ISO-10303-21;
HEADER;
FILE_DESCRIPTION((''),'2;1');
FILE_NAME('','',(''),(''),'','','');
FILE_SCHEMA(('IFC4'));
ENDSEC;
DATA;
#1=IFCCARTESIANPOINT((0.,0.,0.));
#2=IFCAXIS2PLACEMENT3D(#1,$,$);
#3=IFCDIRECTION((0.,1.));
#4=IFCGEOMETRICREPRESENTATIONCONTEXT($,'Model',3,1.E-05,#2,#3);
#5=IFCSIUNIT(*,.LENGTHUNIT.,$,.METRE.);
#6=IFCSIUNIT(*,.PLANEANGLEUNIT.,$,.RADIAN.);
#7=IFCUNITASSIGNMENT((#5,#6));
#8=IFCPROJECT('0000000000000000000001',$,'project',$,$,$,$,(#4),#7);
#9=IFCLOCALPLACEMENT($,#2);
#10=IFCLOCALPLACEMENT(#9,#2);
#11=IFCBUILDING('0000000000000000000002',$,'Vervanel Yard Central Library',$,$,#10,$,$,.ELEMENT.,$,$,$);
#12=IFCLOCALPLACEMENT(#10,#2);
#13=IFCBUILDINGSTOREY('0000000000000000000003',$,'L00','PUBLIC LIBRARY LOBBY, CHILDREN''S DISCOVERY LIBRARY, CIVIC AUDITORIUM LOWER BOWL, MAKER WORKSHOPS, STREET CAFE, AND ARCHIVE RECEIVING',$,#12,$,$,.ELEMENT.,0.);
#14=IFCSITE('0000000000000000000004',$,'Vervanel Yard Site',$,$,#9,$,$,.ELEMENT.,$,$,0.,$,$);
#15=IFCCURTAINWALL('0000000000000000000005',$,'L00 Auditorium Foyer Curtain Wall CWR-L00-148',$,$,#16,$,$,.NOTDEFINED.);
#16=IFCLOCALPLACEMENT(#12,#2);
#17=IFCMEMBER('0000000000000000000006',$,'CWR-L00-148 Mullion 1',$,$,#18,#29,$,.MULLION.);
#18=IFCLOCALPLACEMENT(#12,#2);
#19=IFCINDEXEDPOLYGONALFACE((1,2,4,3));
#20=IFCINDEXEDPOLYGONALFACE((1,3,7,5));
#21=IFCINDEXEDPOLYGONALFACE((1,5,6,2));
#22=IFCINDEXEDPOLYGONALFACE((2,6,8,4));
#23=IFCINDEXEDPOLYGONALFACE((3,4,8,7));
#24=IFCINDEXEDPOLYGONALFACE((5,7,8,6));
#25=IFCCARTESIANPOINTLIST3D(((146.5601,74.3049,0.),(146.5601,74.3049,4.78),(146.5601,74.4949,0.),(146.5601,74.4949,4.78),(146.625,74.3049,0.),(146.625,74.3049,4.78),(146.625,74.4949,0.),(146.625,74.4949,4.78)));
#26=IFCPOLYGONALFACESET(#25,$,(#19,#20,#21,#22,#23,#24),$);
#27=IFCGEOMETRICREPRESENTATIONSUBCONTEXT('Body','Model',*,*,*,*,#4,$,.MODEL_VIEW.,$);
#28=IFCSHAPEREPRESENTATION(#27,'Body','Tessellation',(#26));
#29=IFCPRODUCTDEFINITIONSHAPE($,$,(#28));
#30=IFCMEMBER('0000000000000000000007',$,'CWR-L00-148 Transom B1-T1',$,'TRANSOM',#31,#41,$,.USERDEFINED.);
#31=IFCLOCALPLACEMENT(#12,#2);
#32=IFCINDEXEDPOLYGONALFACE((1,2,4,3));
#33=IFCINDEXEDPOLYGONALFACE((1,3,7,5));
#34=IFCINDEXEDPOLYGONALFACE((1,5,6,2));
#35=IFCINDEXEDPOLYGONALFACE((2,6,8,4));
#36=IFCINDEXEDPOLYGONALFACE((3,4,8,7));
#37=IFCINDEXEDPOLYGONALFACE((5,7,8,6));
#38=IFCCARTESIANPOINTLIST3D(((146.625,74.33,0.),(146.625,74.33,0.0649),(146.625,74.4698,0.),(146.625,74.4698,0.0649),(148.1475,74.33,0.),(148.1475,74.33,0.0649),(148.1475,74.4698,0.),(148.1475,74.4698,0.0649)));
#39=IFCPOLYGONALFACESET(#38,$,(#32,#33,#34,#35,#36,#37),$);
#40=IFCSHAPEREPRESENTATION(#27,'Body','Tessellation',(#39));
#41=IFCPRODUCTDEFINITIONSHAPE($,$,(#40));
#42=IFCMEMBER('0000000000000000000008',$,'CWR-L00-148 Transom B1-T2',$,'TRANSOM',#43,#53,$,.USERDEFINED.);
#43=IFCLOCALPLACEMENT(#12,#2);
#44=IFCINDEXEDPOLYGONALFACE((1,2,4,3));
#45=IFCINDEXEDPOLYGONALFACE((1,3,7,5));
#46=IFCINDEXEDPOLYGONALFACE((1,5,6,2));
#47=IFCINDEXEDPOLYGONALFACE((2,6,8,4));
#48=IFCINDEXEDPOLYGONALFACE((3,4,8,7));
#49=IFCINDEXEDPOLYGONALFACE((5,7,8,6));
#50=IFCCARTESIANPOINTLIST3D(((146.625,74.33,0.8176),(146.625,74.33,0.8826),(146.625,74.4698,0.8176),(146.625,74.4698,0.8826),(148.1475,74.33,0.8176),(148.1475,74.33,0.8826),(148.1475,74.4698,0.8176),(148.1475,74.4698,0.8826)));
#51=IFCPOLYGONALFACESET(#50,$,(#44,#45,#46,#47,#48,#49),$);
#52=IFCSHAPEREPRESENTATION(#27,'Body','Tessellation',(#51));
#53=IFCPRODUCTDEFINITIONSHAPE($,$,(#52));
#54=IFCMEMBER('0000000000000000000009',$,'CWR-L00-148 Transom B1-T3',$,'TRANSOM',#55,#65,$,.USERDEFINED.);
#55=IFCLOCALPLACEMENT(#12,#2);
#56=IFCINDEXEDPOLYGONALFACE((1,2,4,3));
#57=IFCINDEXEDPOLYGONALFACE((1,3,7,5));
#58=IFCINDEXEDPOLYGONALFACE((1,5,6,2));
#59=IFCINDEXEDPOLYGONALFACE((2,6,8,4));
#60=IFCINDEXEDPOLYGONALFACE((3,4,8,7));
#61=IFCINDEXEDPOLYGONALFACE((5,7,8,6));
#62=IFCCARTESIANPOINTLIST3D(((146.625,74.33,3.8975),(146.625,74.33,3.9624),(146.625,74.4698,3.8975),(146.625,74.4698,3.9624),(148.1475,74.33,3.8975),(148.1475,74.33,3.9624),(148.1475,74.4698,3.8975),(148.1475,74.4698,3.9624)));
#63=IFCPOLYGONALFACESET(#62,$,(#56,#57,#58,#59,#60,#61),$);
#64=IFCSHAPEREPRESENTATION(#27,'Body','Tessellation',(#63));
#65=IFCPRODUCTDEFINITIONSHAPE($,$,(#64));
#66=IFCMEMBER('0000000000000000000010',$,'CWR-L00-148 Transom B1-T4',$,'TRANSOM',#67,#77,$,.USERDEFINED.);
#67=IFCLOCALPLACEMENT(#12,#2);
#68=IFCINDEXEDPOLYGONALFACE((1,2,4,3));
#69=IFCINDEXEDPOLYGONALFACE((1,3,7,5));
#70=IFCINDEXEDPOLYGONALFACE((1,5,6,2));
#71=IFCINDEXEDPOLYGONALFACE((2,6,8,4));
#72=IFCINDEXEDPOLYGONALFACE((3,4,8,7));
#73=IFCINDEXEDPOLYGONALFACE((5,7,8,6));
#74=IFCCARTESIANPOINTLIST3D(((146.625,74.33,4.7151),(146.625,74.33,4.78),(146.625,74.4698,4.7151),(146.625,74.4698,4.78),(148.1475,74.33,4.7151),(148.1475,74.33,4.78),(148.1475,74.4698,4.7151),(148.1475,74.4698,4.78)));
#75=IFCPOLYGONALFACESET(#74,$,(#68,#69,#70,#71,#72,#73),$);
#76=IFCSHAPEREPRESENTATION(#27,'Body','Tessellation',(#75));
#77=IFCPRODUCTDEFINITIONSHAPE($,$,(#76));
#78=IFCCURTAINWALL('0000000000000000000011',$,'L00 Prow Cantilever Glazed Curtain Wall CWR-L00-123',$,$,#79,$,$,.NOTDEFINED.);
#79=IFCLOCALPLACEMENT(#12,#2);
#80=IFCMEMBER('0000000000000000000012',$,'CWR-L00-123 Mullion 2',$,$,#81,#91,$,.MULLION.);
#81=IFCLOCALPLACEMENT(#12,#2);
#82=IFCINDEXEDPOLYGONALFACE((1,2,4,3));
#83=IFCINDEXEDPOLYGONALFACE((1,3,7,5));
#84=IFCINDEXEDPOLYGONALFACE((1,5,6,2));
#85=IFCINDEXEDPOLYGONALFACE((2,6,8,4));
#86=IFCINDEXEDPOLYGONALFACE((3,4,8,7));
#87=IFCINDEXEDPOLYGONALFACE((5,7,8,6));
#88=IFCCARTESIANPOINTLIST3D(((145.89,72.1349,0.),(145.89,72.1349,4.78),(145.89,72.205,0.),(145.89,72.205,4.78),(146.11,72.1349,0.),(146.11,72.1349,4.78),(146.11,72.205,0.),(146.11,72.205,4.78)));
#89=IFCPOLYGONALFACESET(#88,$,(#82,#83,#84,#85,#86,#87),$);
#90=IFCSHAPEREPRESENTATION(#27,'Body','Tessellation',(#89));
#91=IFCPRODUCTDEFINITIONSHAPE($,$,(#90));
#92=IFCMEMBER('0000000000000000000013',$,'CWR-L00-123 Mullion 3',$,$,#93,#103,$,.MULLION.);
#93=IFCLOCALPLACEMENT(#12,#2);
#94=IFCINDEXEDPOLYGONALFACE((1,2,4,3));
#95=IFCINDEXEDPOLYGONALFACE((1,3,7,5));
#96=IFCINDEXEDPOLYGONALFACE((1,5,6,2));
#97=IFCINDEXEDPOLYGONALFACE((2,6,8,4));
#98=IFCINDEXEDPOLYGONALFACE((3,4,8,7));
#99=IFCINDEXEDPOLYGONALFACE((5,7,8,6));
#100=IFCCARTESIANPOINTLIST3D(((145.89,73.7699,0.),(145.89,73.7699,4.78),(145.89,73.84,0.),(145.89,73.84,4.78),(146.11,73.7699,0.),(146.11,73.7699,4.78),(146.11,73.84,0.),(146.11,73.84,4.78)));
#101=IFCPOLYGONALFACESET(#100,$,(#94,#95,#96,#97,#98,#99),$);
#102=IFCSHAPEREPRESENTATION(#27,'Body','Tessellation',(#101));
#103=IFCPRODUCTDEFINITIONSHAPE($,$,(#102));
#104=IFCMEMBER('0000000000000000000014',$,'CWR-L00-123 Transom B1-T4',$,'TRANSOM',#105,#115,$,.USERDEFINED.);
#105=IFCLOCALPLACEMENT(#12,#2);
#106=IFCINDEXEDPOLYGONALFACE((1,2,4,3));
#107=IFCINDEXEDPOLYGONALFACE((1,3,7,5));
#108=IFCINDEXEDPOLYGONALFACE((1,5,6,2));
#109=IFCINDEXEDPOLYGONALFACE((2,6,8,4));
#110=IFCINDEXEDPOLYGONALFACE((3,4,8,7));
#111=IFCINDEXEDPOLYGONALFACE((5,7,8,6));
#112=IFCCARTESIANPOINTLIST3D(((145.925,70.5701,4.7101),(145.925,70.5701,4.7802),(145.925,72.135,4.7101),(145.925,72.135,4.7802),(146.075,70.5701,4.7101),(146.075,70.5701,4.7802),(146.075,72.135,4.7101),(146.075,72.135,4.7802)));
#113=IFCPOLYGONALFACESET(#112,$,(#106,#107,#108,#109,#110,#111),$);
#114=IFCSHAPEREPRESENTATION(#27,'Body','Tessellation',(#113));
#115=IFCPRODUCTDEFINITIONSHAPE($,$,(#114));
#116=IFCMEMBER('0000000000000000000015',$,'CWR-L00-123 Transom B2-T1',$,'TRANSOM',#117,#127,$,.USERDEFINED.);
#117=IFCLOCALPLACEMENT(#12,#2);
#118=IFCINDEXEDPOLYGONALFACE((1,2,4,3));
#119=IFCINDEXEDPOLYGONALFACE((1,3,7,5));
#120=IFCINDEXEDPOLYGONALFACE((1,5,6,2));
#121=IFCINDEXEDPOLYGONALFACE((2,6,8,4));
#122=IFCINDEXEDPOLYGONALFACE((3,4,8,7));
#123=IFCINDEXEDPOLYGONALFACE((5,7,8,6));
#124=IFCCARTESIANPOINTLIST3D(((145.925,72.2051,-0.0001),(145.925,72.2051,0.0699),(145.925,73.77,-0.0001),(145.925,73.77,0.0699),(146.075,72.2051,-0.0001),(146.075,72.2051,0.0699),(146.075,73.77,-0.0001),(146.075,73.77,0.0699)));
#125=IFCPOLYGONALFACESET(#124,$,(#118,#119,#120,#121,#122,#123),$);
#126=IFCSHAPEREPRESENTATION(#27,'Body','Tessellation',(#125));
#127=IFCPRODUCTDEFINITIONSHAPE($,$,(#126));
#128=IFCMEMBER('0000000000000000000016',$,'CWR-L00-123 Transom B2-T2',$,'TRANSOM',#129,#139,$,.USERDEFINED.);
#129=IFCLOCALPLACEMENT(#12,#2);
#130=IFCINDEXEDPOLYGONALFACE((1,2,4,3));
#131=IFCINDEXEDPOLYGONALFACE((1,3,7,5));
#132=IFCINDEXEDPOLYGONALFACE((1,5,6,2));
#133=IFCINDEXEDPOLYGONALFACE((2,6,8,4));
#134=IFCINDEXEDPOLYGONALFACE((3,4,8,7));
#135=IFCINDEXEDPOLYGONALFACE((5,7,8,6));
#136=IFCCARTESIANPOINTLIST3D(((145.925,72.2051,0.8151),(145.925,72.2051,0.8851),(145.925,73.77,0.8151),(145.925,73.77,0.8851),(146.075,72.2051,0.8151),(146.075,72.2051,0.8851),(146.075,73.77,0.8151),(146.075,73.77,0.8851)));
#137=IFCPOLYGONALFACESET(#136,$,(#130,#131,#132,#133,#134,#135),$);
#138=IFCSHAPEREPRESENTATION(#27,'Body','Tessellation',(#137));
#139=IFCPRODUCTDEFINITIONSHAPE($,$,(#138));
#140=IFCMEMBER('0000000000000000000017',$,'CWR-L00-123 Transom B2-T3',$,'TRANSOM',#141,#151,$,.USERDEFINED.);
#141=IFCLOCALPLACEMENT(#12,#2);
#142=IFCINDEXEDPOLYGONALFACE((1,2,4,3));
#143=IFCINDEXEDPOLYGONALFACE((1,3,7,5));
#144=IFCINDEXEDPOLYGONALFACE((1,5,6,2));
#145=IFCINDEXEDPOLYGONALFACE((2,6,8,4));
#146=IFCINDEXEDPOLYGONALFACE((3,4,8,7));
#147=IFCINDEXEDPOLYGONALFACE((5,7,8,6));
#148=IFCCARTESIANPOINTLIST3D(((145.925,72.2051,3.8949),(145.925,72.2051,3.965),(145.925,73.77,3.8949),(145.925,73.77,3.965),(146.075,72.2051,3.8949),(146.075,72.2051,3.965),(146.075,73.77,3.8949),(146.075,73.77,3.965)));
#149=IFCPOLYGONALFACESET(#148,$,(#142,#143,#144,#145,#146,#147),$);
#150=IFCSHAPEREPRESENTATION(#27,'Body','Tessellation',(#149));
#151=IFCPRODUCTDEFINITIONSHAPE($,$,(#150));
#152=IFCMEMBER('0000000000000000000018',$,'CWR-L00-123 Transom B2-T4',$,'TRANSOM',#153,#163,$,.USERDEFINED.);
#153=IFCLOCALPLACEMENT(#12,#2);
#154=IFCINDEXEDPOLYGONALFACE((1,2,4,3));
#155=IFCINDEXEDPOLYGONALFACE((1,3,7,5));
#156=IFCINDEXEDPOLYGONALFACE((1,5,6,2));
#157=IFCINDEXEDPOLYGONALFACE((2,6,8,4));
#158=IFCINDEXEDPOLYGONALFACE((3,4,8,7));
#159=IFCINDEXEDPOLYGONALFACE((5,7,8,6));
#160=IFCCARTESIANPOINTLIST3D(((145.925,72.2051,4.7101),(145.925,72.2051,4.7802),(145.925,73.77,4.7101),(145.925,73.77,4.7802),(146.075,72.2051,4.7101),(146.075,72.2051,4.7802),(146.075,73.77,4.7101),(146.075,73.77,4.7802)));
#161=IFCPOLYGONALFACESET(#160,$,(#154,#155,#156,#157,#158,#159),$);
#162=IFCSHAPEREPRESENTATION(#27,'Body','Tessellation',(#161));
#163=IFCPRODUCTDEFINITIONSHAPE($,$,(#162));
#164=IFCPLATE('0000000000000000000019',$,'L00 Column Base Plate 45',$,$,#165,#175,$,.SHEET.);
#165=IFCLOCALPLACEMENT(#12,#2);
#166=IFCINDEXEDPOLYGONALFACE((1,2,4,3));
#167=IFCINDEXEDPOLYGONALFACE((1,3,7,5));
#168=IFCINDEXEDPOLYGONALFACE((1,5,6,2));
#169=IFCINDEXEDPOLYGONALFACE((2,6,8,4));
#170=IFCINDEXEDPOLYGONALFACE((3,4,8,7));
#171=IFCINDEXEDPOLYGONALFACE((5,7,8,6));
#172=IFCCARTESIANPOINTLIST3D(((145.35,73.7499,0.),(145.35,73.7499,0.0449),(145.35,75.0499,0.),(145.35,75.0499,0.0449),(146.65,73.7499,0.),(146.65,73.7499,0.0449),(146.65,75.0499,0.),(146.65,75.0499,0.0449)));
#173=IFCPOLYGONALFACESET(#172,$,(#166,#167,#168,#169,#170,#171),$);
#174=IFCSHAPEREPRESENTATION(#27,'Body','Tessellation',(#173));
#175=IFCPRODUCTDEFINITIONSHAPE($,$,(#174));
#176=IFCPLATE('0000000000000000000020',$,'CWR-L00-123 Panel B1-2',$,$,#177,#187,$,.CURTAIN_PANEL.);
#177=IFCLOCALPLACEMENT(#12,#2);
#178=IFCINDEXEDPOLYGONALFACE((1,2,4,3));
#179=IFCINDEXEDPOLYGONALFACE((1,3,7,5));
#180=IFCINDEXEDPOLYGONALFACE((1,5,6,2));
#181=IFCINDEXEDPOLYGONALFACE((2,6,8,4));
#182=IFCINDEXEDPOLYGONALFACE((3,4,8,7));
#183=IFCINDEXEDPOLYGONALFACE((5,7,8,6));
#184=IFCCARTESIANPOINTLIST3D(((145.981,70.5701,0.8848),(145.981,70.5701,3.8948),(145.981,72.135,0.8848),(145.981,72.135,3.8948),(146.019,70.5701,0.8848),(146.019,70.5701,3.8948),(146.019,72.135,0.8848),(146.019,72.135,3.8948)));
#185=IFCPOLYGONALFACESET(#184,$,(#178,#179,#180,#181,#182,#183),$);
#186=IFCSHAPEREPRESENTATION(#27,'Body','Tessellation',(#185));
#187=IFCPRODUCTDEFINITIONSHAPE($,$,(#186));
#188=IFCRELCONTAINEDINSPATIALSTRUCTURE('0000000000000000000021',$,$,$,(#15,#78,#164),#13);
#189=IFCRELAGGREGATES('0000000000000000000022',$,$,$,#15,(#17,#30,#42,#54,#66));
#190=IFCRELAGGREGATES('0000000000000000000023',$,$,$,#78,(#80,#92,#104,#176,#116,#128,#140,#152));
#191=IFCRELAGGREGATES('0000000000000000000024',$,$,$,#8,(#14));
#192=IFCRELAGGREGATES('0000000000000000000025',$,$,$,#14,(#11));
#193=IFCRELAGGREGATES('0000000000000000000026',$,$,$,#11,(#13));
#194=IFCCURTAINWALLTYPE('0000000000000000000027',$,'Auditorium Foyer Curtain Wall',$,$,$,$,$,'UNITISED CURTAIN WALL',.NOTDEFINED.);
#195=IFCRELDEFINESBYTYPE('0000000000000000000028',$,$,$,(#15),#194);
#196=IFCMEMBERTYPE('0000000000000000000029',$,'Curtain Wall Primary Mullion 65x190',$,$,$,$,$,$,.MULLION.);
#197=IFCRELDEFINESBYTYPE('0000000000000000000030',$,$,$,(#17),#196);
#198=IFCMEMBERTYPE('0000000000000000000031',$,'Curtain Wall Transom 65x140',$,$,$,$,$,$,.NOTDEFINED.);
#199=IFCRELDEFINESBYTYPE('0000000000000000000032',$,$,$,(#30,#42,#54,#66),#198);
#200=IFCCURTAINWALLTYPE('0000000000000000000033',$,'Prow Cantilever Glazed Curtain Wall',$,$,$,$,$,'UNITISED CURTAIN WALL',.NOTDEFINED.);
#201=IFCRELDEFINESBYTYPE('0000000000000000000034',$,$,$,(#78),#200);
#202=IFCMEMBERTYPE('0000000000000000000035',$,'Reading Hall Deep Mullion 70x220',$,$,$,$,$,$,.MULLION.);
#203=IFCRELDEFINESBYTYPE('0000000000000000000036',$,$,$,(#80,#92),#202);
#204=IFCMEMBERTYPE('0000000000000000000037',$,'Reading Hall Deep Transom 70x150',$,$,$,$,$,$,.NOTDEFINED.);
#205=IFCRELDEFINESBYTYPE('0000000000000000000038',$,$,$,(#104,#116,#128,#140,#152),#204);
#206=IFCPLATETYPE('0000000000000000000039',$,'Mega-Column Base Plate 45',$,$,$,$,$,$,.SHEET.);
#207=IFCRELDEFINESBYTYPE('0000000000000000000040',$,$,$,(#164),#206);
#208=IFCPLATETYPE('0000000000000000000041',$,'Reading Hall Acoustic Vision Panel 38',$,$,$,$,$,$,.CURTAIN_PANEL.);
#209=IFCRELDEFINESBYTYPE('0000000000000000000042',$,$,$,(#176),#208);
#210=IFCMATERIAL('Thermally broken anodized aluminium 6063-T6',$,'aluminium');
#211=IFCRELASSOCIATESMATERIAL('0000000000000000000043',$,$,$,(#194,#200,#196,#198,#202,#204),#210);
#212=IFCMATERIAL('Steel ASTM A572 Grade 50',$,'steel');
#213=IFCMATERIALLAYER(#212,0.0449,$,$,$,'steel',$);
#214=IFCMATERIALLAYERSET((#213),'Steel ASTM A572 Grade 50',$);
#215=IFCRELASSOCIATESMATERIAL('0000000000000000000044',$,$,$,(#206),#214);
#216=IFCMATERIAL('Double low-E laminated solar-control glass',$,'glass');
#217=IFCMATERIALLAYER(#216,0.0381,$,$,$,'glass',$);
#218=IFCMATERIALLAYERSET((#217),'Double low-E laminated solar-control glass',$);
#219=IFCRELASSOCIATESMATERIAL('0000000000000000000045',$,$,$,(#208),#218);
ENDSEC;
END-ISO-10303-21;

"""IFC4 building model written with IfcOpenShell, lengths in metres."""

from ifc_helpers import new_model, si_unit, direction, frame, origin, origin_2d, place, context, subcontext, project, spatial, rectangle, extrude, material, layer, layer_set, material_profile, profile_set, type_object, element, aggregate, save


model = new_model("IFC4")

# Units and contexts
model_context = context("Model", 3, precision=1e-05, world=origin(), true_north=direction((0.0, 1.0)))
body_context = subcontext(model_context, "Body", "Model", "MODEL_VIEW")
ifc_project = project(units=[si_unit("LENGTHUNIT", "METRE"), si_unit("PLANEANGLEUNIT", "RADIAN")], contexts=[model_context])

# Site, building, storey
site_placement = place(None, origin())
site = spatial("IfcSite", under=ifc_project, at=site_placement, Name="Vervanel Yard Site", CompositionType="ELEMENT", RefElevation=0.0)
building_placement = place(site_placement, origin())
building = spatial("IfcBuilding", under=site, at=building_placement, Name="Vervanel Yard Central Library", CompositionType="ELEMENT")
storey_placement = place(building_placement, origin())
storey = spatial("IfcBuildingStorey", under=building, at=storey_placement, Name="L00", Description="PUBLIC LIBRARY LOBBY, CHILDREN'S DISCOVERY LIBRARY, CIVIC AUDITORIUM LOWER BOWL, MAKER WORKSHOPS, STREET CAFE, AND ARCHIVE RECEIVING", CompositionType="ELEMENT", Elevation=0.0)

# Curtain walls, members
ifc_material_1 = material(Name="Thermally broken anodized aluminium 6063-T6", Category="aluminium")
curtain_wall_type_1 = type_object("IfcCurtainWallType", Name="Auditorium Foyer Curtain Wall", ElementType="UNITISED CURTAIN WALL", PredefinedType="NOTDEFINED", material=ifc_material_1)
curtain_wall_1_placement = place(storey_placement, origin())
curtain_wall_1 = element("IfcCurtainWall", 1, at=curtain_wall_1_placement, inside=storey, type_object=curtain_wall_type_1, Name="L00 Auditorium Foyer Curtain Wall CWR-L00-148", PredefinedType="NOTDEFINED")
ifc_material_profile_1 = material_profile(ifc_material_1, rectangle(XDim=0.0649, YDim=0.1899, at=origin_2d()), Name="ALU 65x190", Category="aluminium")
ifc_profile_set_1 = profile_set([ifc_material_profile_1], Name="Thermally broken anodized aluminium 6063-T6")
member_type_1 = type_object("IfcMemberType", Name="Curtain Wall Primary Mullion 65x190", PredefinedType="MULLION", material=ifc_profile_set_1)
member_1_placement = place(storey_placement, frame((146.5925, 74.3999, 0.0), z_axis=(0.0, 0.0, 1.0), x_axis=(1.0, 0.0, 0.0)))
member_1 = element("IfcMember", 2, at=member_1_placement, type_object=member_type_1, Name="CWR-L00-148 Mullion 1", PredefinedType="MULLION", context=body_context, shape_type="SweptSolid", body=[
    extrude(rectangle(XDim=0.0649, YDim=0.1899, at=origin_2d()), origin(), (0.0, 0.0, 1.0), 4.78),
])
ifc_material_profile_2 = material_profile(ifc_material_1, rectangle(XDim=0.0649, YDim=0.1399, at=origin_2d()), Name="ALU 65x140", Category="aluminium")
ifc_profile_set_2 = profile_set([ifc_material_profile_2], Name="Thermally broken anodized aluminium 6063-T6")
member_type_2 = type_object("IfcMemberType", Name="Curtain Wall Transom 65x140", PredefinedType="NOTDEFINED", material=ifc_profile_set_2)
member_2_placement = place(storey_placement, frame((146.625, 74.3999, 0.0325), z_axis=(1.0, 0.0, 0.0), x_axis=(0.0, 0.0, 1.0)))
member_2 = element("IfcMember", 3, at=member_2_placement, type_object=member_type_2, Name="CWR-L00-148 Transom B1-T1", ObjectType="TRANSOM", PredefinedType="USERDEFINED", context=body_context, shape_type="SweptSolid", body=[
    extrude(rectangle(XDim=0.0649, YDim=0.1399, at=origin_2d()), origin(), (0.0, 0.0, 1.0), 1.5225),
])
member_3_placement = place(storey_placement, frame((146.625, 74.3999, 0.8501), z_axis=(1.0, 0.0, 0.0), x_axis=(0.0, 0.0, 1.0)))
member_3 = element("IfcMember", 4, at=member_3_placement, type_object=member_type_2, Name="CWR-L00-148 Transom B1-T2", ObjectType="TRANSOM", PredefinedType="USERDEFINED", context=body_context, shape_type="SweptSolid", body=[
    extrude(rectangle(XDim=0.0649, YDim=0.1399, at=origin_2d()), origin(), (0.0, 0.0, 1.0), 1.5225),
])
member_4_placement = place(storey_placement, frame((146.625, 74.3999, 3.9299), z_axis=(1.0, 0.0, 0.0), x_axis=(0.0, 0.0, 1.0)))
member_4 = element("IfcMember", 5, at=member_4_placement, type_object=member_type_2, Name="CWR-L00-148 Transom B1-T3", ObjectType="TRANSOM", PredefinedType="USERDEFINED", context=body_context, shape_type="SweptSolid", body=[
    extrude(rectangle(XDim=0.0649, YDim=0.1399, at=origin_2d()), origin(), (0.0, 0.0, 1.0), 1.5225),
])
member_5_placement = place(storey_placement, frame((146.625, 74.3999, 4.7476), z_axis=(1.0, 0.0, 0.0), x_axis=(0.0, 0.0, 1.0)))
member_5 = element("IfcMember", 6, at=member_5_placement, type_object=member_type_2, Name="CWR-L00-148 Transom B1-T4", ObjectType="TRANSOM", PredefinedType="USERDEFINED", context=body_context, shape_type="SweptSolid", body=[
    extrude(rectangle(XDim=0.0649, YDim=0.1399, at=origin_2d()), origin(), (0.0, 0.0, 1.0), 1.5225),
])
aggregate(curtain_wall_1, [member_1, member_2, member_3, member_4, member_5])
curtain_wall_type_2 = type_object("IfcCurtainWallType", Name="Prow Cantilever Glazed Curtain Wall", ElementType="UNITISED CURTAIN WALL", PredefinedType="NOTDEFINED", material=ifc_material_1)
curtain_wall_2_placement = place(storey_placement, origin())
curtain_wall_2 = element("IfcCurtainWall", 7, at=curtain_wall_2_placement, inside=storey, type_object=curtain_wall_type_2, Name="L00 Prow Cantilever Glazed Curtain Wall CWR-L00-123", PredefinedType="NOTDEFINED")
ifc_material_profile_3 = material_profile(ifc_material_1, rectangle(XDim=0.0701, YDim=0.22, at=origin_2d()), Name="ALU 70x220", Category="aluminium")
ifc_profile_set_3 = profile_set([ifc_material_profile_3], Name="Thermally broken anodized aluminium 6063-T6")
member_type_3 = type_object("IfcMemberType", Name="Reading Hall Deep Mullion 70x220", PredefinedType="MULLION", material=ifc_profile_set_3)
member_6_placement = place(storey_placement, frame((146.0, 72.1699, 0.0), z_axis=(0.0, 0.0, 1.0), x_axis=(0.0, 1.0, 0.0)))
member_6 = element("IfcMember", 8, at=member_6_placement, type_object=member_type_3, Name="CWR-L00-123 Mullion 2", PredefinedType="MULLION", context=body_context, shape_type="SweptSolid", body=[
    extrude(rectangle(XDim=0.0701, YDim=0.22, at=origin_2d()), origin(), (0.0, 0.0, 1.0), 4.78),
])
member_7_placement = place(storey_placement, frame((146.0, 73.8049, 0.0), z_axis=(0.0, 0.0, 1.0), x_axis=(0.0, 1.0, 0.0)))
member_7 = element("IfcMember", 9, at=member_7_placement, type_object=member_type_3, Name="CWR-L00-123 Mullion 3", PredefinedType="MULLION", context=body_context, shape_type="SweptSolid", body=[
    extrude(rectangle(XDim=0.0701, YDim=0.22, at=origin_2d()), origin(), (0.0, 0.0, 1.0), 4.78),
])
ifc_material_profile_4 = material_profile(ifc_material_1, rectangle(XDim=0.0701, YDim=0.1499, at=origin_2d()), Name="ALU 70x150", Category="aluminium")
ifc_profile_set_4 = profile_set([ifc_material_profile_4], Name="Thermally broken anodized aluminium 6063-T6")
member_type_4 = type_object("IfcMemberType", Name="Reading Hall Deep Transom 70x150", PredefinedType="NOTDEFINED", material=ifc_profile_set_4)
member_8_placement = place(storey_placement, frame((146.0, 70.5701, 4.7451), z_axis=(0.0, 1.0, 0.0), x_axis=(0.0, 0.0, 1.0)))
member_8 = element("IfcMember", 10, at=member_8_placement, type_object=member_type_4, Name="CWR-L00-123 Transom B1-T4", ObjectType="TRANSOM", PredefinedType="USERDEFINED", context=body_context, shape_type="SweptSolid", body=[
    extrude(rectangle(XDim=0.0701, YDim=0.1499, at=origin_2d()), origin(), (0.0, 0.0, 1.0), 1.5649),
])
member_9_placement = place(storey_placement, frame((146.0, 72.2051, 0.0349), z_axis=(0.0, 1.0, 0.0), x_axis=(0.0, 0.0, 1.0)))
member_9 = element("IfcMember", 11, at=member_9_placement, type_object=member_type_4, Name="CWR-L00-123 Transom B2-T1", ObjectType="TRANSOM", PredefinedType="USERDEFINED", context=body_context, shape_type="SweptSolid", body=[
    extrude(rectangle(XDim=0.0701, YDim=0.1499, at=origin_2d()), origin(), (0.0, 0.0, 1.0), 1.5649),
])
member_10_placement = place(storey_placement, frame((146.0, 72.2051, 0.8501), z_axis=(0.0, 1.0, 0.0), x_axis=(0.0, 0.0, 1.0)))
member_10 = element("IfcMember", 12, at=member_10_placement, type_object=member_type_4, Name="CWR-L00-123 Transom B2-T2", ObjectType="TRANSOM", PredefinedType="USERDEFINED", context=body_context, shape_type="SweptSolid", body=[
    extrude(rectangle(XDim=0.0701, YDim=0.1499, at=origin_2d()), origin(), (0.0, 0.0, 1.0), 1.5649),
])
member_11_placement = place(storey_placement, frame((146.0, 72.2051, 3.9299), z_axis=(0.0, 1.0, 0.0), x_axis=(0.0, 0.0, 1.0)))
member_11 = element("IfcMember", 13, at=member_11_placement, type_object=member_type_4, Name="CWR-L00-123 Transom B2-T3", ObjectType="TRANSOM", PredefinedType="USERDEFINED", context=body_context, shape_type="SweptSolid", body=[
    extrude(rectangle(XDim=0.0701, YDim=0.1499, at=origin_2d()), origin(), (0.0, 0.0, 1.0), 1.5649),
])
member_12_placement = place(storey_placement, frame((146.0, 72.2051, 4.7451), z_axis=(0.0, 1.0, 0.0), x_axis=(0.0, 0.0, 1.0)))
member_12 = element("IfcMember", 14, at=member_12_placement, type_object=member_type_4, Name="CWR-L00-123 Transom B2-T4", ObjectType="TRANSOM", PredefinedType="USERDEFINED", context=body_context, shape_type="SweptSolid", body=[
    extrude(rectangle(XDim=0.0701, YDim=0.1499, at=origin_2d()), origin(), (0.0, 0.0, 1.0), 1.5649),
])

# Plates
ifc_material_2 = material(Name="Steel ASTM A572 Grade 50", Category="steel")
ifc_layer_1 = layer(ifc_material_2, 0.0449, Category="steel")
ifc_layer_set_1 = layer_set([ifc_layer_1], Name="Steel ASTM A572 Grade 50")
plate_type_1 = type_object("IfcPlateType", Name="Mega-Column Base Plate 45", PredefinedType="SHEET", material=ifc_layer_set_1)
plate_1_placement = place(storey_placement, frame((146.0, 74.3999, 0.0), z_axis=(0.0, 0.0, 1.0), x_axis=(1.0, 0.0, 0.0)))
element("IfcPlate", 15, at=plate_1_placement, inside=storey, type_object=plate_type_1, Name="L00 Column Base Plate 45", PredefinedType="SHEET", context=body_context, shape_type="SweptSolid", body=[
    extrude(rectangle(XDim=1.3, YDim=1.3, at=origin_2d()), origin(), (0.0, 0.0, 1.0), 0.0449),
])
ifc_material_3 = material(Name="Double low-E laminated solar-control glass", Category="glass")
ifc_layer_2 = layer(ifc_material_3, 0.0381, Category="glass")
ifc_layer_set_2 = layer_set([ifc_layer_2], Name="Double low-E laminated solar-control glass")
plate_type_2 = type_object("IfcPlateType", Name="Reading Hall Acoustic Vision Panel 38", PredefinedType="CURTAIN_PANEL", material=ifc_layer_set_2)
plate_2_placement = place(storey_placement, frame((146.0, 71.3525, 0.8848), z_axis=(0.0, 0.0, 1.0), x_axis=(0.0, 1.0, 0.0)))
plate_2 = element("IfcPlate", 16, at=plate_2_placement, type_object=plate_type_2, Name="CWR-L00-123 Panel B1-2", PredefinedType="CURTAIN_PANEL", context=body_context, shape_type="SweptSolid", body=[
    extrude(rectangle(XDim=1.5649, YDim=0.0381, at=origin_2d()), origin(), (0.0, 0.0, 1.0), 3.01),
])
aggregate(curtain_wall_2, [member_6, member_7, member_8, plate_2, member_9, member_10, member_11, member_12])

save(model, "model.ifc")
